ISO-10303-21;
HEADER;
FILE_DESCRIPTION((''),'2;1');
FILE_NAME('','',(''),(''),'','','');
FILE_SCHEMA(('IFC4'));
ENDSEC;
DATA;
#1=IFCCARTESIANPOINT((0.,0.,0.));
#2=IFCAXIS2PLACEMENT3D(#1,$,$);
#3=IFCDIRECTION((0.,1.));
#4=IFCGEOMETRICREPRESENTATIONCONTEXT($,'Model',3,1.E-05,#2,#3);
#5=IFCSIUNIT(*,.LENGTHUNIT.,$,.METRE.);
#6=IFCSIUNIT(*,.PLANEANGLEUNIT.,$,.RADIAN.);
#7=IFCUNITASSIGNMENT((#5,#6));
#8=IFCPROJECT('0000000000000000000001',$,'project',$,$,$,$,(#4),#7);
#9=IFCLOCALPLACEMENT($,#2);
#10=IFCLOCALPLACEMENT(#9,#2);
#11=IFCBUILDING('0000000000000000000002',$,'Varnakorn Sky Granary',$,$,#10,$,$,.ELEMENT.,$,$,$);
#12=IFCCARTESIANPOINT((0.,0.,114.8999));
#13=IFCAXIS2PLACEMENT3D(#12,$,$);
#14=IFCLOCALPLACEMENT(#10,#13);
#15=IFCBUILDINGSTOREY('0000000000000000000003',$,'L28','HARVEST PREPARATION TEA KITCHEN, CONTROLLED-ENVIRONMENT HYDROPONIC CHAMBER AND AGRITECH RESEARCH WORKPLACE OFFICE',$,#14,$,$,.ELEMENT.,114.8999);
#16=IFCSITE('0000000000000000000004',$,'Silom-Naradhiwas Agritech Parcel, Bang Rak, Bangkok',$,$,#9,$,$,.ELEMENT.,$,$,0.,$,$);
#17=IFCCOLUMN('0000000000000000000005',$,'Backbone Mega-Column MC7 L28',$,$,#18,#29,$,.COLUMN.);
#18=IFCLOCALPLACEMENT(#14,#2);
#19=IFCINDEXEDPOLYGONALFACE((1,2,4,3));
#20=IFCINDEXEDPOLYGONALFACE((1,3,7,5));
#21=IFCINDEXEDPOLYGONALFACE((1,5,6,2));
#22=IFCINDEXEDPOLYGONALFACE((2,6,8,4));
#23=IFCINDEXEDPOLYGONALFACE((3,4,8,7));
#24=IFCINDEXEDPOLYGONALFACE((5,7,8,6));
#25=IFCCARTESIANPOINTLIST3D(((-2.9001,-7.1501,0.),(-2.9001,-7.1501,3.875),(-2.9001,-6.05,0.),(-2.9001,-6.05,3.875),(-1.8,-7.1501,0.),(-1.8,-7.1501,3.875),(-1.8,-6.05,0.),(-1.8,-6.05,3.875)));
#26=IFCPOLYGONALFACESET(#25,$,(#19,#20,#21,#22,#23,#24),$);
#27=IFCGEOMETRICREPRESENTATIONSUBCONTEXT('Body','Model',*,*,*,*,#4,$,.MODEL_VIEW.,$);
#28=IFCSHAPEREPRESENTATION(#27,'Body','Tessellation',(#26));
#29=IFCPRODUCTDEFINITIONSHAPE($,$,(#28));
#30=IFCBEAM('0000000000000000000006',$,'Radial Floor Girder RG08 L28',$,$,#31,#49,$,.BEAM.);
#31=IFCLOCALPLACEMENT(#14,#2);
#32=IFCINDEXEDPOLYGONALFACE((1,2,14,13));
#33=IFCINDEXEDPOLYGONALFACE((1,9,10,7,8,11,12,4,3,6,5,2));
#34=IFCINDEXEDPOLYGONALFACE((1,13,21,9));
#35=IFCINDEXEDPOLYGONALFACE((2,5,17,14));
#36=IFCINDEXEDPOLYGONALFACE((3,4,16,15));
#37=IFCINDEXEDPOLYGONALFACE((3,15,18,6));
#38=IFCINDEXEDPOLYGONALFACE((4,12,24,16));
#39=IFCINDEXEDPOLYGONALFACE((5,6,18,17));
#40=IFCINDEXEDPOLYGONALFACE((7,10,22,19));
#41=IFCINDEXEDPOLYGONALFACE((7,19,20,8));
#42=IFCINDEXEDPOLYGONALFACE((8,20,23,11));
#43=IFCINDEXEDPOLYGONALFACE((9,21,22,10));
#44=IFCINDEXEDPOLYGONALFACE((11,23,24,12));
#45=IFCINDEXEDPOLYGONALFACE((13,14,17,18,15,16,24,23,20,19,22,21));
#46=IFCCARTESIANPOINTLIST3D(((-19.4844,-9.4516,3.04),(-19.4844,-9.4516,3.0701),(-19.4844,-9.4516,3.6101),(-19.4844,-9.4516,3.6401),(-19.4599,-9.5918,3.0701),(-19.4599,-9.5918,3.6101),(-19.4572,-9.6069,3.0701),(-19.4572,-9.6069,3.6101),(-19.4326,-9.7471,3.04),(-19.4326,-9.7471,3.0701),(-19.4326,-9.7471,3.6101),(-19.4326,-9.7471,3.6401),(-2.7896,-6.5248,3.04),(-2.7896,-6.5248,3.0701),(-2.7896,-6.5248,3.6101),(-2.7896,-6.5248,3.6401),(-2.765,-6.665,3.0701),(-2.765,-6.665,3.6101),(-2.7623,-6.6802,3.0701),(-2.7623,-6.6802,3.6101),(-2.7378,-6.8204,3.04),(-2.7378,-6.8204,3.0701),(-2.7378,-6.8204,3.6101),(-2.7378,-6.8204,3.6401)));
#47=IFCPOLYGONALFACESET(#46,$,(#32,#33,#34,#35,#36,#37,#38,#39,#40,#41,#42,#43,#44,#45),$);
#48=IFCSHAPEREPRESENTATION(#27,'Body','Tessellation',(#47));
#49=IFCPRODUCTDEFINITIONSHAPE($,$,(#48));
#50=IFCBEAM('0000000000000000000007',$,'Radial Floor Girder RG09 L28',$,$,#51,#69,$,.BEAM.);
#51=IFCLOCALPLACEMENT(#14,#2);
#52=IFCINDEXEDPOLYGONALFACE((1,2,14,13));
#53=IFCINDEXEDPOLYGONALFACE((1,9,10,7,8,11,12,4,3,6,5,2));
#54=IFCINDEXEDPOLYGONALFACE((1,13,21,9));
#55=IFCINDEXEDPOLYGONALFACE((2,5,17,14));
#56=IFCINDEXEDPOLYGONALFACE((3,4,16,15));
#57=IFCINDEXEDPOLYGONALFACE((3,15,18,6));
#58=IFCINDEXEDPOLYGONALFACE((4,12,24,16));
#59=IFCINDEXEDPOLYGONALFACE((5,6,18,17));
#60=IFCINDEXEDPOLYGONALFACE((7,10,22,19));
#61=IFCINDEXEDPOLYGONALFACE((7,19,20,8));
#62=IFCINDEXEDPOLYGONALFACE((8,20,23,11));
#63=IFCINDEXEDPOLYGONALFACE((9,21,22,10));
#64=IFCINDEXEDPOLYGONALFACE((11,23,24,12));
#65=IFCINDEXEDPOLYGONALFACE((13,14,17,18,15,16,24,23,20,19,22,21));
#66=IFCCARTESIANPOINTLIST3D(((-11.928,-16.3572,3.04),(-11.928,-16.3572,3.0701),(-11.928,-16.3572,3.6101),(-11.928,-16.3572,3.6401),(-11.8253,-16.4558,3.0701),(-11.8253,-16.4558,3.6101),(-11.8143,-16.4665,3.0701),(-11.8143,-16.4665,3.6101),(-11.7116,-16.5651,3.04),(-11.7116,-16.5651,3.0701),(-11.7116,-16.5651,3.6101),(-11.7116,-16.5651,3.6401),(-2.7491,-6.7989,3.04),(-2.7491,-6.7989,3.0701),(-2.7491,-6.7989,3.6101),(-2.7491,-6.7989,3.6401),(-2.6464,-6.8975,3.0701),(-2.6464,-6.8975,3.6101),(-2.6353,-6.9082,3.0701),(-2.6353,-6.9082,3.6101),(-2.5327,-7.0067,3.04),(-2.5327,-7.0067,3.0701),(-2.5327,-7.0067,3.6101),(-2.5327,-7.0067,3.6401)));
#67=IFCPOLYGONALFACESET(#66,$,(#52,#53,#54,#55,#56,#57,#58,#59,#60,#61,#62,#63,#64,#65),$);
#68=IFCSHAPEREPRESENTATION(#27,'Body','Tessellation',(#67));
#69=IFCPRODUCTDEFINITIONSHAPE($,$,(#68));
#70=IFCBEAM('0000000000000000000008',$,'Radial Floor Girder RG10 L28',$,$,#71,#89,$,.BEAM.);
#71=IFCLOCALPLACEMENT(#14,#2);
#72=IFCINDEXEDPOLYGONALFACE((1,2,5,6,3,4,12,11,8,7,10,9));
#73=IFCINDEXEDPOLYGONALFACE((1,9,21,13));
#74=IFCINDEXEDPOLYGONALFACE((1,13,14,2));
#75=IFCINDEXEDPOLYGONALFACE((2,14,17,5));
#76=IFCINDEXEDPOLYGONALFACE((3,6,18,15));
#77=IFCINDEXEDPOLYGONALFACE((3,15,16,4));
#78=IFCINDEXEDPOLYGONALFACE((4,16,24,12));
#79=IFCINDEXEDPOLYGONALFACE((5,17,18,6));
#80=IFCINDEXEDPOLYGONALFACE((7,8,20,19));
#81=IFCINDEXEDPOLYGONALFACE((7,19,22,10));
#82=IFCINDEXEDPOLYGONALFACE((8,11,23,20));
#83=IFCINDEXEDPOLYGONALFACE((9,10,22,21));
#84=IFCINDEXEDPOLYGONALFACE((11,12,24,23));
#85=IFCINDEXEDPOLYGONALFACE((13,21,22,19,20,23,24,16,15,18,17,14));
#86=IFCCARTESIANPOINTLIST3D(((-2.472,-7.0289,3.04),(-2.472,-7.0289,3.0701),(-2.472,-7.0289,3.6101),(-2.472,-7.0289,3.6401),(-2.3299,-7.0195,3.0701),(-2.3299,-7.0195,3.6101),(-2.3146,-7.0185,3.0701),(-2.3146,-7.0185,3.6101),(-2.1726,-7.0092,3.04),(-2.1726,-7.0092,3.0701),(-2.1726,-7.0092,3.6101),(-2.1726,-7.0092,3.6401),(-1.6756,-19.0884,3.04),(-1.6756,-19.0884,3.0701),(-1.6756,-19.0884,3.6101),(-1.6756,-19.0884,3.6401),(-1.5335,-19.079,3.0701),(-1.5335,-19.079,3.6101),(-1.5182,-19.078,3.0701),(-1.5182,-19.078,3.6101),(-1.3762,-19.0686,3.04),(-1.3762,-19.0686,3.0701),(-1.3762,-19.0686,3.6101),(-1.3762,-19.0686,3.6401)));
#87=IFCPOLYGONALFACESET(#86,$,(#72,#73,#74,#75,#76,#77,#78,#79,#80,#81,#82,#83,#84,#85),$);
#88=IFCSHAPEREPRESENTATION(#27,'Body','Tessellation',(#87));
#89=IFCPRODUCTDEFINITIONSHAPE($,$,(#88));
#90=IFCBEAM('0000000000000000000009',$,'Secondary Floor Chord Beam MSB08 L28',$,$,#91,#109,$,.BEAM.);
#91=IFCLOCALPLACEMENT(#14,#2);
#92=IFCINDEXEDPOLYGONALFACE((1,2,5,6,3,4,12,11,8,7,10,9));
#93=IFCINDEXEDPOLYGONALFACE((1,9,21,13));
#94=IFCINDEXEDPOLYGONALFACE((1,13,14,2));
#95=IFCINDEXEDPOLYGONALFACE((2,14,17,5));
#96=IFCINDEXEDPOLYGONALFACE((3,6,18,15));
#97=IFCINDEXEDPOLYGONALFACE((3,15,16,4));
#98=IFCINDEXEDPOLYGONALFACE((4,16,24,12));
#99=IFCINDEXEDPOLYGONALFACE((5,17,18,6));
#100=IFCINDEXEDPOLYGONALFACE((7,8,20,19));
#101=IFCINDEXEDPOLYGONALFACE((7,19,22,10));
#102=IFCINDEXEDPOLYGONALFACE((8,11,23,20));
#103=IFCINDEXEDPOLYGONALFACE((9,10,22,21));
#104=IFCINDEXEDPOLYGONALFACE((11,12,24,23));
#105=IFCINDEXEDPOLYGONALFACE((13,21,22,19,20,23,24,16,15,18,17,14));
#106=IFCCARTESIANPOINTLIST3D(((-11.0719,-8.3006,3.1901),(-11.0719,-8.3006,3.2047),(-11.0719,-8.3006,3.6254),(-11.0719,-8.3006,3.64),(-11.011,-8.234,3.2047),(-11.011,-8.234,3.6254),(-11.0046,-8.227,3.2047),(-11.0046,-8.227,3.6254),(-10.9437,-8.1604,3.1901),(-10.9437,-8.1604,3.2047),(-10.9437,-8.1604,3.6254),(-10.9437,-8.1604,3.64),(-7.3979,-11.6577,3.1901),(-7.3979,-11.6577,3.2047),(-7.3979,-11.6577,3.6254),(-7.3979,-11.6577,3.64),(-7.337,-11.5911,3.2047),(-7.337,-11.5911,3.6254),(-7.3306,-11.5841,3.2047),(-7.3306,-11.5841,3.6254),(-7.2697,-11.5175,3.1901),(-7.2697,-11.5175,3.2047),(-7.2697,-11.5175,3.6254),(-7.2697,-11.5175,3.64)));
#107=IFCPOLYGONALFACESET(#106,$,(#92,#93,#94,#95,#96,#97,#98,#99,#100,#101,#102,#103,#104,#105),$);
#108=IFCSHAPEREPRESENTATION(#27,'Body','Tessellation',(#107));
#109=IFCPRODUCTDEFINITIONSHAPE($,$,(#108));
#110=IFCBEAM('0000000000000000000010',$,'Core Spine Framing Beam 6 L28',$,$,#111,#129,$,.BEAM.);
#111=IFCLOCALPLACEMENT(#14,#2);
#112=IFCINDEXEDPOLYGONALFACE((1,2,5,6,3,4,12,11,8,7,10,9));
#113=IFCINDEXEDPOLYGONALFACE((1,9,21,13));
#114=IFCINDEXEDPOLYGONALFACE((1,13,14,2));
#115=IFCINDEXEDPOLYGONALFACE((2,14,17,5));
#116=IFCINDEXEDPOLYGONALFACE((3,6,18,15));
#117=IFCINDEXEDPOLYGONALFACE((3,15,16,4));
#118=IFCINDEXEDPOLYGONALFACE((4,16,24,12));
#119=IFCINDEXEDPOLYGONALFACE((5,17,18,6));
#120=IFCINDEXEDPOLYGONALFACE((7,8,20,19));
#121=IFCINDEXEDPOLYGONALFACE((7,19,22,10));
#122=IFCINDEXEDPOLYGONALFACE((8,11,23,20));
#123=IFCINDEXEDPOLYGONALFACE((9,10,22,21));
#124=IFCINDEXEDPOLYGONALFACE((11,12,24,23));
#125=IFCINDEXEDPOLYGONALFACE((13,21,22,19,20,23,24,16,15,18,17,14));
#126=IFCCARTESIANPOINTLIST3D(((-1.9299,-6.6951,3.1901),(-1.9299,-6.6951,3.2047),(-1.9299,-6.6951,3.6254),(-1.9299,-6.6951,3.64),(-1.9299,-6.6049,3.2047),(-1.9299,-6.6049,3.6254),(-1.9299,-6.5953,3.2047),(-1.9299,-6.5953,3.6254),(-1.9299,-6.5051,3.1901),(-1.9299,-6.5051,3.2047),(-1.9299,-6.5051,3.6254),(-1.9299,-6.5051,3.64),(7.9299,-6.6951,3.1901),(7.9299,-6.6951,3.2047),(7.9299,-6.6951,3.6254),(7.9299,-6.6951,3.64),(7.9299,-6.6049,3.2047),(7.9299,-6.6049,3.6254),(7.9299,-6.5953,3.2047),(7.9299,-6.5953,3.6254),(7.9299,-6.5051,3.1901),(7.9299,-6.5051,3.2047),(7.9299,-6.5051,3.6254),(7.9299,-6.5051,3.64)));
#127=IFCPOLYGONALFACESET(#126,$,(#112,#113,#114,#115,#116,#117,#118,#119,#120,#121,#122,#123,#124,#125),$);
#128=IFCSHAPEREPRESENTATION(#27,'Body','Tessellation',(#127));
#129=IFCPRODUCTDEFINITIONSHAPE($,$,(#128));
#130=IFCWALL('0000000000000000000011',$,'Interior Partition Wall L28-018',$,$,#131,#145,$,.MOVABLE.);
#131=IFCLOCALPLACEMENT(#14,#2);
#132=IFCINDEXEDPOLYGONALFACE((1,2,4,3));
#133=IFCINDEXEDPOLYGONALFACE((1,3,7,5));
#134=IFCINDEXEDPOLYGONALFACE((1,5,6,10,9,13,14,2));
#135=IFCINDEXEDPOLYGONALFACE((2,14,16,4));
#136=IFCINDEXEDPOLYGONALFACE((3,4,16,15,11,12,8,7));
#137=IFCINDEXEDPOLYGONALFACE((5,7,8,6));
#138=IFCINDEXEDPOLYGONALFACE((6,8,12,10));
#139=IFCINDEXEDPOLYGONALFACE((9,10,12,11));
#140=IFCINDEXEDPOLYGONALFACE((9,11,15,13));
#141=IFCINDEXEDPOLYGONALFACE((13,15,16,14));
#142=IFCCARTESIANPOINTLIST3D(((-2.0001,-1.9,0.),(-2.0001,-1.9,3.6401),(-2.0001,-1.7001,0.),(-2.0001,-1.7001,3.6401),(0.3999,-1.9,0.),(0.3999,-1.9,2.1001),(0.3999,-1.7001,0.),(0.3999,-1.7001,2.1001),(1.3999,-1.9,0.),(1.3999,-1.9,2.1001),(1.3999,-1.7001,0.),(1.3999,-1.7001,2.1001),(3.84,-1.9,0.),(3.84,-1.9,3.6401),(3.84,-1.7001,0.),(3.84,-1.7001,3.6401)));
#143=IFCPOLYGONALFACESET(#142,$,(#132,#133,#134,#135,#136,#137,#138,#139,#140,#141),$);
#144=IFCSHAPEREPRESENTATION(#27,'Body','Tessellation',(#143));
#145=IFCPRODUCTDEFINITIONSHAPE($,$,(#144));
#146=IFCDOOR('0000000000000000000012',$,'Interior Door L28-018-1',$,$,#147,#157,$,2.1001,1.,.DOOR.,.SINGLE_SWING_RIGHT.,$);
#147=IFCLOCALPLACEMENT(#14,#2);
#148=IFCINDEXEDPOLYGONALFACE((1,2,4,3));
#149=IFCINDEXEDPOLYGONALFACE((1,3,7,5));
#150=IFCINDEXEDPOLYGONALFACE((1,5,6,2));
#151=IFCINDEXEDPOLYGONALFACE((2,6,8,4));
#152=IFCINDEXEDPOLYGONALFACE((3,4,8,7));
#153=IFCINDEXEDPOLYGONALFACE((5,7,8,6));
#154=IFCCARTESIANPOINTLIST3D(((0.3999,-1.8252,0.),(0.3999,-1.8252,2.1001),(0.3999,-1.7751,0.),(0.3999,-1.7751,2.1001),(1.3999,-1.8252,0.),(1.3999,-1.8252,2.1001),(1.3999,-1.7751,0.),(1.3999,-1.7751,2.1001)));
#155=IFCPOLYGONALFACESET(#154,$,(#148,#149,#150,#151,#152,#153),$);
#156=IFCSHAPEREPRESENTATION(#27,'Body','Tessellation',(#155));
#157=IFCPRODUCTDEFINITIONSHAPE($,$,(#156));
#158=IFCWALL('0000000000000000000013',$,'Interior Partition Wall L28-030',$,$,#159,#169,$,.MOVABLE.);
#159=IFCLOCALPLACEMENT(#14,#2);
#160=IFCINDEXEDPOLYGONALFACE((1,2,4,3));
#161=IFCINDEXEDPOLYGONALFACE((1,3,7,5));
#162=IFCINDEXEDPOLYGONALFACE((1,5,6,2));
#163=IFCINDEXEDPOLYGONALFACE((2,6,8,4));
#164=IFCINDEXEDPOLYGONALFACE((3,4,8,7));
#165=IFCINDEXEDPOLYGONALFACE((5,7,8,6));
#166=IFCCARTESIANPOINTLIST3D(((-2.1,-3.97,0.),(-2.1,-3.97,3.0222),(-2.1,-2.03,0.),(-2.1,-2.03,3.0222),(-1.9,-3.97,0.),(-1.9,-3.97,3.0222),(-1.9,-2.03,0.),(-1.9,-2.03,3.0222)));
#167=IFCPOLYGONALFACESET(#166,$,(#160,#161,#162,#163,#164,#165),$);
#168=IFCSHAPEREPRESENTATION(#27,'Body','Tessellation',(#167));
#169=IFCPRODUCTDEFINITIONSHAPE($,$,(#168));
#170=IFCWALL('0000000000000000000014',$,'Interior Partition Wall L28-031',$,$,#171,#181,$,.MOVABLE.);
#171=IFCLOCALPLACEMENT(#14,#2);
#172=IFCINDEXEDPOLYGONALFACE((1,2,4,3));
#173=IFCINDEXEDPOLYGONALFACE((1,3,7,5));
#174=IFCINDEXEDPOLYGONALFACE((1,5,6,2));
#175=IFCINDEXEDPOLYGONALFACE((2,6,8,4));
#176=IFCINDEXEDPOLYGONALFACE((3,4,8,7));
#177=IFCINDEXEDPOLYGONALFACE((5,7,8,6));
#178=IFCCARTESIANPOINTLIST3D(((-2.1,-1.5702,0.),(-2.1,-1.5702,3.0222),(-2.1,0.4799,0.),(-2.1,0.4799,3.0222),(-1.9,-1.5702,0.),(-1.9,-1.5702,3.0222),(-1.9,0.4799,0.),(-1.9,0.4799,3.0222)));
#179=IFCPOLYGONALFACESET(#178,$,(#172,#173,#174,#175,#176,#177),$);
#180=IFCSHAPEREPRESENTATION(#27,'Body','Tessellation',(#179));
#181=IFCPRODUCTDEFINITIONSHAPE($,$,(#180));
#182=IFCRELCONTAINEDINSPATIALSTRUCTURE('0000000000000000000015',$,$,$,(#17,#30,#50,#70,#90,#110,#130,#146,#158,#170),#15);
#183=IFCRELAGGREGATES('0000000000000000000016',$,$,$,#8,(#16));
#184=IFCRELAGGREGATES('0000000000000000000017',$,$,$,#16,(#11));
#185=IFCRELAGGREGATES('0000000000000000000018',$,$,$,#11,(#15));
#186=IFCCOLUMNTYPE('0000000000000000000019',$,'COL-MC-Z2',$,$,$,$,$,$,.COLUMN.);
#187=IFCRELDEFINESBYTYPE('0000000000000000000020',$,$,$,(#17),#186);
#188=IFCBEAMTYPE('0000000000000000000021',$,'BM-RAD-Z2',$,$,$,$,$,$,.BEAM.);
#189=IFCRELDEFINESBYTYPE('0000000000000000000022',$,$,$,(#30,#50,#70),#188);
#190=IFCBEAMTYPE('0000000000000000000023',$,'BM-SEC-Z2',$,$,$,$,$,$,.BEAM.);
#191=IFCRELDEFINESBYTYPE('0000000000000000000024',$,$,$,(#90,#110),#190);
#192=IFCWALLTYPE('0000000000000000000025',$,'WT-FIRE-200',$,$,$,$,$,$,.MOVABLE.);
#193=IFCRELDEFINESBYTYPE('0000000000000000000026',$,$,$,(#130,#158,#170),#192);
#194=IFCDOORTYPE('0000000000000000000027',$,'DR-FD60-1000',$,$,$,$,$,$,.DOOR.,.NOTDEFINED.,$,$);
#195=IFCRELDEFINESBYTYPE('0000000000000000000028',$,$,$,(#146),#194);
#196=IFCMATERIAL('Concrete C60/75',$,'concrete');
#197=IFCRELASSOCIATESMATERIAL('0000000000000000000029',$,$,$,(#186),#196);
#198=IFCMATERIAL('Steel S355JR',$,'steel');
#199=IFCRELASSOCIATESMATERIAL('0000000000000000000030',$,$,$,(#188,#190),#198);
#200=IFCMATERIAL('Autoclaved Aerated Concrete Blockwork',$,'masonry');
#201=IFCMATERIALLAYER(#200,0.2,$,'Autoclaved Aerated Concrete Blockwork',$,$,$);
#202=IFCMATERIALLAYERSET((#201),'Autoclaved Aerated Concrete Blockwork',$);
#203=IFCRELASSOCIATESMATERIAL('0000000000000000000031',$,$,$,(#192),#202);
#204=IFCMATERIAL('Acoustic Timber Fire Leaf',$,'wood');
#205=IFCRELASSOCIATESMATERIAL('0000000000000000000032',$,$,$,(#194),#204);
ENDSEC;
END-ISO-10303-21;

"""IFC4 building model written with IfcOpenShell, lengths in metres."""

from ifc_helpers import new_model, si_unit, direction, frame, frame_2d, origin, origin_2d, place, context, subcontext, project, spatial, rectangle, i_section, extrude, material, layer, layer_set, material_profile, profile_set, type_object, element, fill, save


model = new_model("IFC4")

# Units and contexts
model_context = context("Model", 3, precision=1e-05, world=origin(), true_north=direction((0.0, 1.0)))
body_context = subcontext(model_context, "Body", "Model", "MODEL_VIEW")
ifc_project = project(units=[si_unit("LENGTHUNIT", "METRE"), si_unit("PLANEANGLEUNIT", "RADIAN")], contexts=[model_context])

# Site, building, storey
site_placement = place(None, origin())
site = spatial("IfcSite", under=ifc_project, at=site_placement, Name="Silom-Naradhiwas Agritech Parcel, Bang Rak, Bangkok", CompositionType="ELEMENT", RefElevation=0.0)
building_placement = place(site_placement, origin())
building = spatial("IfcBuilding", under=site, at=building_placement, Name="Varnakorn Sky Granary", CompositionType="ELEMENT")
storey_placement = place(building_placement, frame((0.0, 0.0, 114.8999)))
storey = spatial("IfcBuildingStorey", under=building, at=storey_placement, Name="L28", Description="HARVEST PREPARATION TEA KITCHEN, CONTROLLED-ENVIRONMENT HYDROPONIC CHAMBER AND AGRITECH RESEARCH WORKPLACE OFFICE", CompositionType="ELEMENT", Elevation=114.8999)

# Column
ifc_material_1 = material(Name="Concrete C60/75", Category="concrete")
ifc_material_profile_1 = material_profile(ifc_material_1, rectangle(XDim=1.1001, YDim=1.1001, at=origin_2d()), Name="RC 1100x1100")
ifc_profile_set_1 = profile_set([ifc_material_profile_1], Name="Concrete C60/75")
column_type = type_object("IfcColumnType", Name="COL-MC-Z2", PredefinedType="COLUMN", material=ifc_profile_set_1)
column_placement = place(storey_placement, frame((-2.3501, -6.6001, 0.0), z_axis=(0.0, 0.0, 1.0), x_axis=(1.0, 0.0, 0.0)))
element("IfcColumn", 1, at=column_placement, inside=storey, type_object=column_type, Name="Backbone Mega-Column MC7 L28", PredefinedType="COLUMN", context=body_context, shape_type="SweptSolid", body=[
    extrude(rectangle(XDim=1.1001, YDim=1.1001, at=origin_2d()), origin(), (0.0, 0.0, 1.0), 3.875),
])

# Beams
ifc_material_2 = material(Name="Steel S355JR", Category="steel")
ifc_material_profile_2 = material_profile(ifc_material_2, i_section(OverallWidth=0.3, OverallDepth=0.6001, WebThickness=0.0154, FlangeThickness=0.03, at=origin_2d()), Name="HE 600 B")
ifc_profile_set_2 = profile_set([ifc_material_profile_2], Name="Steel S355JR")
beam_type_1 = type_object("IfcBeamType", Name="BM-RAD-Z2", PredefinedType="BEAM", material=ifc_profile_set_2)
beam_1_placement = place(storey_placement, frame((-2.7637, -6.6726, 3.3401), z_axis=(-0.984979, -0.172676, 0.0), x_axis=(0.172676, -0.984979, 0.0)))
element("IfcBeam", 2, at=beam_1_placement, inside=storey, type_object=beam_type_1, Name="Radial Floor Girder RG08 L28", PredefinedType="BEAM", context=body_context, shape_type="SweptSolid", body=[
    extrude(i_section(OverallWidth=0.3, OverallDepth=0.6001, WebThickness=0.0154, FlangeThickness=0.03, at=origin_2d()), origin(), (0.0, 0.0, 1.0), 16.9495),
])
beam_2_placement = place(storey_placement, frame((-2.6409, -6.9028, 3.3401), z_axis=(-0.692647, -0.721276, 0.0), x_axis=(0.721276, -0.692647, 0.0)))
element("IfcBeam", 3, at=beam_2_placement, inside=storey, type_object=beam_type_1, Name="Radial Floor Girder RG09 L28", PredefinedType="BEAM", context=body_context, shape_type="SweptSolid", body=[
    extrude(i_section(OverallWidth=0.3, OverallDepth=0.6001, WebThickness=0.0154, FlangeThickness=0.03, at=origin_2d()), origin(), (0.0, 0.0, 1.0), 13.252),
])
beam_3_placement = place(storey_placement, frame((-2.3223, -7.019, 3.3401), z_axis=(0.065896, -0.997827, 0.0), x_axis=(0.997827, 0.065896, 0.0)))
element("IfcBeam", 4, at=beam_3_placement, inside=storey, type_object=beam_type_1, Name="Radial Floor Girder RG10 L28", PredefinedType="BEAM", context=body_context, shape_type="SweptSolid", body=[
    extrude(i_section(OverallWidth=0.3, OverallDepth=0.6001, WebThickness=0.0154, FlangeThickness=0.03, at=origin_2d()), origin(), (0.0, 0.0, 1.0), 12.0857),
])
ifc_material_profile_3 = material_profile(ifc_material_2, i_section(OverallWidth=0.1899, OverallDepth=0.45, WebThickness=0.0095, FlangeThickness=0.0146, at=origin_2d()), Name="IPE 450")
ifc_profile_set_3 = profile_set([ifc_material_profile_3], Name="Steel S355JR")
beam_type_2 = type_object("IfcBeamType", Name="BM-SEC-Z2", PredefinedType="BEAM", material=ifc_profile_set_3)
beam_4_placement = place(storey_placement, frame((-11.0078, -8.2305, 3.415), z_axis=(0.738226, -0.674553, 0.0), x_axis=(0.674553, 0.738226, 0.0)))
element("IfcBeam", 5, at=beam_4_placement, inside=storey, type_object=beam_type_2, Name="Secondary Floor Chord Beam MSB08 L28", PredefinedType="BEAM", context=body_context, shape_type="SweptSolid", body=[
    extrude(i_section(OverallWidth=0.1899, OverallDepth=0.45, WebThickness=0.0095, FlangeThickness=0.0146, at=origin_2d()), origin(), (0.0, 0.0, 1.0), 4.9768),
])
beam_5_placement = place(storey_placement, frame((-1.9299, -6.6001, 3.415), z_axis=(1.0, 0.0, 0.0), x_axis=(0.0, 1.0, 0.0)))
element("IfcBeam", 6, at=beam_5_placement, inside=storey, type_object=beam_type_2, Name="Core Spine Framing Beam 6 L28", PredefinedType="BEAM", context=body_context, shape_type="SweptSolid", body=[
    extrude(i_section(OverallWidth=0.1899, OverallDepth=0.45, WebThickness=0.0095, FlangeThickness=0.0146, at=origin_2d()), origin(), (0.0, 0.0, 1.0), 9.8599),
])

# Wall, opening, door
ifc_material_3 = material(Name="Autoclaved Aerated Concrete Blockwork", Category="masonry")
ifc_layer_1 = layer(ifc_material_3, 0.2, Name="Autoclaved Aerated Concrete Blockwork")
ifc_layer_set_1 = layer_set([ifc_layer_1], Name="Autoclaved Aerated Concrete Blockwork")
wall_type_1 = type_object("IfcWallType", Name="WT-FIRE-200", PredefinedType="MOVABLE", material=ifc_layer_set_1)
wall_1_placement = place(storey_placement, frame((-2.0, -1.8, 0.0), z_axis=(0.0, 0.0, 1.0), x_axis=(1.0, 0.0, 0.0)))
wall_1 = element("IfcWall", 7, at=wall_1_placement, inside=storey, type_object=wall_type_1, Name="Interior Partition Wall L28-018", PredefinedType="MOVABLE", context=body_context, shape_type="SweptSolid", body=[
    extrude(rectangle(XDim=5.8401, YDim=0.2, at=frame_2d((2.9199, 0.0))), origin(), (0.0, 0.0, 1.0), 3.6401),
])
opening_1_placement = place(wall_1_placement, frame((2.3999, 0.0, 0.0)))
opening_1 = element("IfcOpeningElement", 8, at=opening_1_placement, cuts=wall_1, PredefinedType="OPENING", context=body_context, shape_type="SweptSolid", body=[
    extrude(rectangle(XDim=1.0, YDim=2.1001, at=frame_2d((0.5, 1.05))), frame((0.0, 0.1099, 0.0), z_axis=(0.0, -1.0, 0.0), x_axis=(1.0, 0.0, 0.0)), (0.0, 0.0, 1.0), 0.22),
])
ifc_material_4 = material(Name="Acoustic Timber Fire Leaf", Category="wood")
door_type_1 = type_object("IfcDoorType", Name="DR-FD60-1000", OperationType="NOTDEFINED", PredefinedType="DOOR", material=ifc_material_4)
door_1_placement = place(opening_1_placement, origin())
door_1 = element("IfcDoor", 9, at=door_1_placement, inside=storey, type_object=door_type_1, Name="Interior Door L28-018-1", OperationType="SINGLE_SWING_RIGHT", OverallHeight=2.1001, OverallWidth=1.0, PredefinedType="DOOR", context=body_context, shape_type="SweptSolid", body=[
    extrude(rectangle(XDim=1.0, YDim=2.1001, at=frame_2d((0.5, 1.05))), frame((0.0, 0.0249, 0.0), z_axis=(0.0, -1.0, 0.0), x_axis=(1.0, 0.0, 0.0)), (0.0, 0.0, 1.0), 0.05),
])
fill(opening_1, door_1)

# Walls
wall_2_placement = place(storey_placement, frame((-2.0, -3.97, 0.0), z_axis=(0.0, 0.0, 1.0), x_axis=(0.0, 1.0, 0.0)))
element("IfcWall", 10, at=wall_2_placement, inside=storey, type_object=wall_type_1, Name="Interior Partition Wall L28-030", PredefinedType="MOVABLE", context=body_context, shape_type="SweptSolid", body=[
    extrude(rectangle(XDim=1.9399, YDim=0.2, at=frame_2d((0.97, 0.0))), origin(), (0.0, 0.0, 1.0), 3.0222),
])
wall_3_placement = place(storey_placement, frame((-2.0, -1.5701, 0.0), z_axis=(0.0, 0.0, 1.0), x_axis=(0.0, 1.0, 0.0)))
element("IfcWall", 11, at=wall_3_placement, inside=storey, type_object=wall_type_1, Name="Interior Partition Wall L28-031", PredefinedType="MOVABLE", context=body_context, shape_type="SweptSolid", body=[
    extrude(rectangle(XDim=2.05, YDim=0.2, at=frame_2d((1.0249, 0.0))), origin(), (0.0, 0.0, 1.0), 3.0222),
])

save(model, "model.ifc")
